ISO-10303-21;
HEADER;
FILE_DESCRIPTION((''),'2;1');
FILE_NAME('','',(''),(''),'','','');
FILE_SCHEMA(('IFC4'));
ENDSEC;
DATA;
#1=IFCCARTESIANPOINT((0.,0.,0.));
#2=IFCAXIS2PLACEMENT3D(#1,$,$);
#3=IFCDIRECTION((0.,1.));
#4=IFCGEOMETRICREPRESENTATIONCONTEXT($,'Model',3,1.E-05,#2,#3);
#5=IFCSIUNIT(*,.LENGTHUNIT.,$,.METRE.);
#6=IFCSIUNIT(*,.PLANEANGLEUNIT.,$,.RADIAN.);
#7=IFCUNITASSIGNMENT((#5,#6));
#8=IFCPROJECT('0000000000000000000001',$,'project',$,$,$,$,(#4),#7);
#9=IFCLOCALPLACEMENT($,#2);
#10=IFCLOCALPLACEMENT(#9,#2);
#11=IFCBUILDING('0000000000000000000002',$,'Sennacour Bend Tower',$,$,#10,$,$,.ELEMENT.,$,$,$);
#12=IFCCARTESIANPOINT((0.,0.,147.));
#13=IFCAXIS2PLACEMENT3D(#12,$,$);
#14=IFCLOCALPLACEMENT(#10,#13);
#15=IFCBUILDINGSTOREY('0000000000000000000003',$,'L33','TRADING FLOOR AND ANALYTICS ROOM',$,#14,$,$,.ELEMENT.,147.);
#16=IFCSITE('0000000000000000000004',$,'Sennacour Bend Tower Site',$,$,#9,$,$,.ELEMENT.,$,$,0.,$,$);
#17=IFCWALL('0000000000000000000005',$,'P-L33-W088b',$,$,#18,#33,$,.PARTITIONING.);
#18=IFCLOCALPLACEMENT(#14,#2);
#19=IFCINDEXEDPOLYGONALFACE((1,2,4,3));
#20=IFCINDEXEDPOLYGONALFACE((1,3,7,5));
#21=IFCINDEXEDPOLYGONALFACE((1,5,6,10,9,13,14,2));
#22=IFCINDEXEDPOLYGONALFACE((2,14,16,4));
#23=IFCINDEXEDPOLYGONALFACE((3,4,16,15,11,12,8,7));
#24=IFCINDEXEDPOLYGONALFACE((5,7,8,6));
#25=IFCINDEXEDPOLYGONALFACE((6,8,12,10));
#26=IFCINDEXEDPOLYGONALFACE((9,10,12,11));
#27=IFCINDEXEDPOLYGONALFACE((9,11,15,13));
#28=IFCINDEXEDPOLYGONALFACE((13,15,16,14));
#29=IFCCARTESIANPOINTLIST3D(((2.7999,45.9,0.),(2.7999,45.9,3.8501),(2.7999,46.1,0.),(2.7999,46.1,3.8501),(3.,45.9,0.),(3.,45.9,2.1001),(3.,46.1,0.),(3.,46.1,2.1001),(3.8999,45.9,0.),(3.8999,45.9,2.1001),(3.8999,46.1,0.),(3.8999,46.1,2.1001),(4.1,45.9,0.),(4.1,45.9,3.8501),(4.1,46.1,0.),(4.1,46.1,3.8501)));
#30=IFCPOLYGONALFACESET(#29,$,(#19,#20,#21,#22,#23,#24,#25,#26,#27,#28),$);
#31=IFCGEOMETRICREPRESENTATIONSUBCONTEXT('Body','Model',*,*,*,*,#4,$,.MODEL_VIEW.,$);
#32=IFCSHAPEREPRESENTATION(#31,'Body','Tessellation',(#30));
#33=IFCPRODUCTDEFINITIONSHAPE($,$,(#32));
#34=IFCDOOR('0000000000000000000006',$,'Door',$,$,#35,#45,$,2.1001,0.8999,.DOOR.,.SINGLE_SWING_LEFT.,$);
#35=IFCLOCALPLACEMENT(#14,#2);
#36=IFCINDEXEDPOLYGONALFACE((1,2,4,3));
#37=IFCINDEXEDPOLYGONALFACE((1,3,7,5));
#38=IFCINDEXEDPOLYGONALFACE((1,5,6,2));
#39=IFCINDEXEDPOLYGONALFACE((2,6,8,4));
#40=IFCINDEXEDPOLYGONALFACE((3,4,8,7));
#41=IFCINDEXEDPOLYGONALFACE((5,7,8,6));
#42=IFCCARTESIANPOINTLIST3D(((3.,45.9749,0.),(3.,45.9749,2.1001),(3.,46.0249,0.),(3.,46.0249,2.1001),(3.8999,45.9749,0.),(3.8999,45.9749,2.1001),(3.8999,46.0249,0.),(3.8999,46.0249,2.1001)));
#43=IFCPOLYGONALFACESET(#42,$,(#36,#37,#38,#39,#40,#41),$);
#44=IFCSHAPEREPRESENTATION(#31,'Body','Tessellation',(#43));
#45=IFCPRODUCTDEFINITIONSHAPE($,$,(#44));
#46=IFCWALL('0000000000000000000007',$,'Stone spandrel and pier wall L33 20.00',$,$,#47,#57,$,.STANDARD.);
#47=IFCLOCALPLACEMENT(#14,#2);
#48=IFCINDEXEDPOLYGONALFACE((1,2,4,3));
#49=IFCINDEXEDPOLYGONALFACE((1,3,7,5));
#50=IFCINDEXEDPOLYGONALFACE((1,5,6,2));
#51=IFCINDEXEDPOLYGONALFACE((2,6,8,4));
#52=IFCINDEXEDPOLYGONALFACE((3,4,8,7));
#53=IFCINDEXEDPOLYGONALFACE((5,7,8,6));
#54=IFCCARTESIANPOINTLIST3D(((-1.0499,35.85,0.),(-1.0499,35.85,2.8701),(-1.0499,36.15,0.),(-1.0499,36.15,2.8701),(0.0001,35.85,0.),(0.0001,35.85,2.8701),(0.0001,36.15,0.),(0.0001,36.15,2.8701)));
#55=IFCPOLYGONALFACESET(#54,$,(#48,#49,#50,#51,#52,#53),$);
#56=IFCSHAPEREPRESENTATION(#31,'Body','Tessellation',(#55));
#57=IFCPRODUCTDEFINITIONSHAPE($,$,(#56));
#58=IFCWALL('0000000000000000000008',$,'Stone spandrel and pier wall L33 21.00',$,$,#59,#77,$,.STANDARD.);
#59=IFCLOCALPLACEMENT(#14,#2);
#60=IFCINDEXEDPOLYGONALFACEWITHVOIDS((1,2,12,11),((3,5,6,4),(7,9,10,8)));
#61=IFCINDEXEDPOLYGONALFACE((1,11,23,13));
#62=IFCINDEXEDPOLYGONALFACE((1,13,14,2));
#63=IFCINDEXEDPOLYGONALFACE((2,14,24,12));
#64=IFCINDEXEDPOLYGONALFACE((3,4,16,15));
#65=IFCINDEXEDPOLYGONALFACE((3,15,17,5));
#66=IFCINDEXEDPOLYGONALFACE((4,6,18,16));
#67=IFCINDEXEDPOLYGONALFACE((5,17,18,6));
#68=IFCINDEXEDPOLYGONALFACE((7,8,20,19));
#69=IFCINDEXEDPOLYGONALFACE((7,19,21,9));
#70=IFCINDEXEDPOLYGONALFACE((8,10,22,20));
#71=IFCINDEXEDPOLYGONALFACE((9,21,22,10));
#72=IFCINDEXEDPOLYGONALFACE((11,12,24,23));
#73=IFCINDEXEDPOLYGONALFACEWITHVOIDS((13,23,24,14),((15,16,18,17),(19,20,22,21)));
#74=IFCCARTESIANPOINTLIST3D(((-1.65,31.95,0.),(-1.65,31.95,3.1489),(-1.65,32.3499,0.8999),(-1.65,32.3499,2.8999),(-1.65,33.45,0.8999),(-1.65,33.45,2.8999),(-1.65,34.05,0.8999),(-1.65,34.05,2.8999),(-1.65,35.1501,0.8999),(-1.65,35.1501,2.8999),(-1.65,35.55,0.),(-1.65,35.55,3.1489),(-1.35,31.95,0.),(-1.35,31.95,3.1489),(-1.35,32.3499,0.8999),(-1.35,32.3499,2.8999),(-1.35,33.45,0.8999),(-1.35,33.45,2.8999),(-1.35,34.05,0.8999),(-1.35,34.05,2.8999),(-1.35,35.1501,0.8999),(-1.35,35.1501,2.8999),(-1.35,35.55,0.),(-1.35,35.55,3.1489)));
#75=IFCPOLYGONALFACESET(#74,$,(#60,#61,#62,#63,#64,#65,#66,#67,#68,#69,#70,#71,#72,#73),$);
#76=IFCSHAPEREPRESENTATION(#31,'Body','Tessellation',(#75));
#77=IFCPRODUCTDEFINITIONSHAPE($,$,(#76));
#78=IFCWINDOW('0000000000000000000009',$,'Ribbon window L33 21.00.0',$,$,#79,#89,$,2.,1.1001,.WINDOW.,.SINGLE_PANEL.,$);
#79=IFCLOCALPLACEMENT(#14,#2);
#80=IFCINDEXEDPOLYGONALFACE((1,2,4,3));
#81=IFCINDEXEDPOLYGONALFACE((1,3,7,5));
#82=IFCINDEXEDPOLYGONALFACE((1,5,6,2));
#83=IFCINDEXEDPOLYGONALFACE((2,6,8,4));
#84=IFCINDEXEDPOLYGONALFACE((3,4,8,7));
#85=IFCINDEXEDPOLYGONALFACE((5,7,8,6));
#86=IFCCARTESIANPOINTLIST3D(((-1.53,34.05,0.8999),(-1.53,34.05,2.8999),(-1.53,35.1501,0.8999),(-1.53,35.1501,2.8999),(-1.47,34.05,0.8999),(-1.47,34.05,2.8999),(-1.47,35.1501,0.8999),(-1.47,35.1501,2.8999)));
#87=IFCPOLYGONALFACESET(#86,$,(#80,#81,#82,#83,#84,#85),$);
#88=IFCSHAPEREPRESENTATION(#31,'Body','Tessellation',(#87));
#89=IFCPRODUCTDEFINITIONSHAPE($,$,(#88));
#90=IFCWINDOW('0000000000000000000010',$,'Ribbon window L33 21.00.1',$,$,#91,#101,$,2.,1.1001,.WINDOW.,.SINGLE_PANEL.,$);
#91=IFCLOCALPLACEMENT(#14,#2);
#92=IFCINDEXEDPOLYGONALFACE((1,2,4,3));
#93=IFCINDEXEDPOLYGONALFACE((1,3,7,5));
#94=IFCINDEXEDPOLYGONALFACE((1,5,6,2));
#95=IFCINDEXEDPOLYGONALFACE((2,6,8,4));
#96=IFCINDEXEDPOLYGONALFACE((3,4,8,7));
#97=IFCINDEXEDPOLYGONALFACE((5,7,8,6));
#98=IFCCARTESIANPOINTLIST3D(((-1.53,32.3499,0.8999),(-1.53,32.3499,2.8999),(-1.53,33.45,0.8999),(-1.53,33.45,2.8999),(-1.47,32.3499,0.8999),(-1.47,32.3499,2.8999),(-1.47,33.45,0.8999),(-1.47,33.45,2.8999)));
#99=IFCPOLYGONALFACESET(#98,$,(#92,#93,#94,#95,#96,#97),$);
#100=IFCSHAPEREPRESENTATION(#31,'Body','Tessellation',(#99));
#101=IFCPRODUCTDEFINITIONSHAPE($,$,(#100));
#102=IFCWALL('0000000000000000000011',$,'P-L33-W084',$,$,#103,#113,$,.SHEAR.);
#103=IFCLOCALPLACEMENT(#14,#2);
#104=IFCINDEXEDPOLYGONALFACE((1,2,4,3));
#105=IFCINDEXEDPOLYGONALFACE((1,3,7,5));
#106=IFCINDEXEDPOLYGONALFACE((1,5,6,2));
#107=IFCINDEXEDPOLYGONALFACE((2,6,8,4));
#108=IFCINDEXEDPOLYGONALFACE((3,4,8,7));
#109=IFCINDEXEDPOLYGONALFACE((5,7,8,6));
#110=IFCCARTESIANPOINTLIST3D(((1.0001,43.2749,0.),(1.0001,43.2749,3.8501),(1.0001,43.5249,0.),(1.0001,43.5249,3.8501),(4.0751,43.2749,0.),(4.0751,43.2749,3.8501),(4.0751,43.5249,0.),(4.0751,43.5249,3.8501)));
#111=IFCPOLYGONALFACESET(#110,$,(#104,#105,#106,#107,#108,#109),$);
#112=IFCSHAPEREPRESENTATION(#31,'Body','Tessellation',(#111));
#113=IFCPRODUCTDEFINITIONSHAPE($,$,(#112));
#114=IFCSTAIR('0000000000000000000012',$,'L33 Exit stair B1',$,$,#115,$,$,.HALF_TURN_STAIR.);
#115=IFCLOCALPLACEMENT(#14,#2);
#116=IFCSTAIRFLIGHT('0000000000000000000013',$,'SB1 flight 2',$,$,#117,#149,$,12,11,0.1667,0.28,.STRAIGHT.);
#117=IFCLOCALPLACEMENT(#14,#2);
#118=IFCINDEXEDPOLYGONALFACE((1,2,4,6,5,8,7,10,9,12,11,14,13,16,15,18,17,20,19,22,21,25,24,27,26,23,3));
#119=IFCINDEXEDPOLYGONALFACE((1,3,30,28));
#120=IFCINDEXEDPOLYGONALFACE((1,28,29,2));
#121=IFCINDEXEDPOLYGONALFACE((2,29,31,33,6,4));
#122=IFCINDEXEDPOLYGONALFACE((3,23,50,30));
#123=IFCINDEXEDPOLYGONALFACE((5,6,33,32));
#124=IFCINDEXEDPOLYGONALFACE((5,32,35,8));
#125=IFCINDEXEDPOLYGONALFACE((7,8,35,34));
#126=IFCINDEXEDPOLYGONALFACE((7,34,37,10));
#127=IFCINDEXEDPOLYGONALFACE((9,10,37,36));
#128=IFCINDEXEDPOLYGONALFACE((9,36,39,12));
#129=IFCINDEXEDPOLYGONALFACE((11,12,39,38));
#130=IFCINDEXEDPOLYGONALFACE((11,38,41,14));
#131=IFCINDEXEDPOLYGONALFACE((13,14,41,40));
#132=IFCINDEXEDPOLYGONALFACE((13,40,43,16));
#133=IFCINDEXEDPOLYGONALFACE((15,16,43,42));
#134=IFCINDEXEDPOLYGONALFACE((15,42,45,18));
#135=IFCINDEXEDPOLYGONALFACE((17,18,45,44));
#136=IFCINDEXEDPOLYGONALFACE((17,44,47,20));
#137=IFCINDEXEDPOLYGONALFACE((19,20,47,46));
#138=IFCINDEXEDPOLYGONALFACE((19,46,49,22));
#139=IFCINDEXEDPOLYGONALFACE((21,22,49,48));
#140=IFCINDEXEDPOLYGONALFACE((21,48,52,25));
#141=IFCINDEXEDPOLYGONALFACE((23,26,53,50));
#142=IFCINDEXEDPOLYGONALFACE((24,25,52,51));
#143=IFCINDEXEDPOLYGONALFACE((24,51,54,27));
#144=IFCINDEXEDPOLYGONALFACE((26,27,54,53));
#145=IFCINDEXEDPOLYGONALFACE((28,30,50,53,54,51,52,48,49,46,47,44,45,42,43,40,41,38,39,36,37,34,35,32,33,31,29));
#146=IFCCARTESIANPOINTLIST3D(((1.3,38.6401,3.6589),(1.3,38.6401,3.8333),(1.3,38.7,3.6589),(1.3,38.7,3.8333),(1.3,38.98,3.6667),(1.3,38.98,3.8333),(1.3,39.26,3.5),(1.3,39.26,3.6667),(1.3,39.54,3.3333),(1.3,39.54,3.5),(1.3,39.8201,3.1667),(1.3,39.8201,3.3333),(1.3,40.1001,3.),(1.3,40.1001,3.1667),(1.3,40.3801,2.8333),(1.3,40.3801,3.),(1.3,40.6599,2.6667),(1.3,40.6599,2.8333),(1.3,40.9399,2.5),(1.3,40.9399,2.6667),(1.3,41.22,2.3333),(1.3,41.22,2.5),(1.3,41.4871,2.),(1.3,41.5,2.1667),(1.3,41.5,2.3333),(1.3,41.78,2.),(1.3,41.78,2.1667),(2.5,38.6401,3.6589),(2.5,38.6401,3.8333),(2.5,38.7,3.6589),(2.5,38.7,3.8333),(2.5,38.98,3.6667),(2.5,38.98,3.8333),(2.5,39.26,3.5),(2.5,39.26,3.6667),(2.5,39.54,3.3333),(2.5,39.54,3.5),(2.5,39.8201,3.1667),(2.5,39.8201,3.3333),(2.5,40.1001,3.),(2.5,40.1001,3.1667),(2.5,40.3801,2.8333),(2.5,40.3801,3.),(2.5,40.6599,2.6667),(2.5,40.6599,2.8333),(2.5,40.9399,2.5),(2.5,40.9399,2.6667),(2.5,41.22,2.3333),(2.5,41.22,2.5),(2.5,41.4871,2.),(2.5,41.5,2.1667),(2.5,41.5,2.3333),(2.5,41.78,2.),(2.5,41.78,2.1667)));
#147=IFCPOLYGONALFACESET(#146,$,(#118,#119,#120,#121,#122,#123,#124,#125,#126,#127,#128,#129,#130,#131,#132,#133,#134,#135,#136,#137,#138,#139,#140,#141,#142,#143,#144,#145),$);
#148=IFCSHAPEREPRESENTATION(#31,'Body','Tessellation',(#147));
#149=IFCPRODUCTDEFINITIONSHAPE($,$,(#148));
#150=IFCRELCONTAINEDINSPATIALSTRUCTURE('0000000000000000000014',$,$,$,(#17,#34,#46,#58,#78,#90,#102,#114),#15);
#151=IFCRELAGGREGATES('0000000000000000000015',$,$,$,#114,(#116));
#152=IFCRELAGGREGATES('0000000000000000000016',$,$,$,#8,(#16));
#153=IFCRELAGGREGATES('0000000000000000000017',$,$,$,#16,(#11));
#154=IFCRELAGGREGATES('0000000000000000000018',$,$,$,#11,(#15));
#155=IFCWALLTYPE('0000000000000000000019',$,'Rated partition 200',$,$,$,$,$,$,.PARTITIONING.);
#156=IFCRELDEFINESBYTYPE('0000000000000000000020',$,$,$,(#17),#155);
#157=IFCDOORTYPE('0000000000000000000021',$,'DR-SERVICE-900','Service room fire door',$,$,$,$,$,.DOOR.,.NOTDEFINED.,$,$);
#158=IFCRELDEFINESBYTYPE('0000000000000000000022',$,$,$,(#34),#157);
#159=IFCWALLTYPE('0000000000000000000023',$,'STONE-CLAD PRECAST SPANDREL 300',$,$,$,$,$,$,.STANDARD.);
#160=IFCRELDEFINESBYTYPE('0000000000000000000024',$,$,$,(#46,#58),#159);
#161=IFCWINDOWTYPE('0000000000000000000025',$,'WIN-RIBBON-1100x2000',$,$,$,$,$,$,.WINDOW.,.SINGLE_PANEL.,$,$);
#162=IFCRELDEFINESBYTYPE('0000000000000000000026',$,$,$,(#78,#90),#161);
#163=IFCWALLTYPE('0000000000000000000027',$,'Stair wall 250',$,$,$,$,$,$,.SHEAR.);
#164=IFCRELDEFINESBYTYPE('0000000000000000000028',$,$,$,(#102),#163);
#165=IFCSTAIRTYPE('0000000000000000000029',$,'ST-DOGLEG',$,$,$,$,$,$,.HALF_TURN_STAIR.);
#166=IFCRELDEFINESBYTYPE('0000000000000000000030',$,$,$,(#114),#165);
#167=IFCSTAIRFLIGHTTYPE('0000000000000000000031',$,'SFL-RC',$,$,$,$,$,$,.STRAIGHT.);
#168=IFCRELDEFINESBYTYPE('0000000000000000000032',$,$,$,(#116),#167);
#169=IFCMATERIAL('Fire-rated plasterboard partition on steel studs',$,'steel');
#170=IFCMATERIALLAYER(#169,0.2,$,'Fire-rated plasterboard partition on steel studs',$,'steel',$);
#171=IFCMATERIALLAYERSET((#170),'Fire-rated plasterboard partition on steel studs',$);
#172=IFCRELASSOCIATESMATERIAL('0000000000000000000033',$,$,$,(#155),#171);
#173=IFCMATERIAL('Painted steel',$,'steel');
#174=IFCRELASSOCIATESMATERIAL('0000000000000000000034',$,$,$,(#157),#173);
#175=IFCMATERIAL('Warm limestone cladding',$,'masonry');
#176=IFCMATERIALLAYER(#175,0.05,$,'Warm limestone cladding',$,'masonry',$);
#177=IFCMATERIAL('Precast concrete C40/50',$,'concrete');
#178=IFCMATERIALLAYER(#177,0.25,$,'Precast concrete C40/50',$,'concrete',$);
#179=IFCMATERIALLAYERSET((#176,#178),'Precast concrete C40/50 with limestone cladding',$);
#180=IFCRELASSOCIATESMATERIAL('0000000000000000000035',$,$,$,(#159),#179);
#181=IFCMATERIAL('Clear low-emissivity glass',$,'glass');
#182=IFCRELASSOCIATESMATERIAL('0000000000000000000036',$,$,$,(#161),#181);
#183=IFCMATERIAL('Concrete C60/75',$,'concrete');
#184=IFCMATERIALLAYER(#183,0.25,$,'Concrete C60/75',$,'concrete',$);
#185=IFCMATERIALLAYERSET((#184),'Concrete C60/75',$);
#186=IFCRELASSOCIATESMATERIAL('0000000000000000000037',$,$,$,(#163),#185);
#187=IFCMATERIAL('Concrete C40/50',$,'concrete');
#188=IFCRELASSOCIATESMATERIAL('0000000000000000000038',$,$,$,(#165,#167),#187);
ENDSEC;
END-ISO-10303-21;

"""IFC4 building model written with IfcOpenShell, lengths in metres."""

from ifc_helpers import new_model, si_unit, direction, frame, frame_2d, origin, place, context, subcontext, project, spatial, polyline, rectangle, outline, extrude, material, layer, layer_set, type_object, element, fill, aggregate, save


model = new_model("IFC4")

# Units and contexts
model_context = context("Model", 3, precision=1e-05, world=origin(), true_north=direction((0.0, 1.0)))
body_context = subcontext(model_context, "Body", "Model", "MODEL_VIEW")
ifc_project = project(units=[si_unit("LENGTHUNIT", "METRE"), si_unit("PLANEANGLEUNIT", "RADIAN")], contexts=[model_context])

# Site, building, storey
site_placement = place(None, origin())
site = spatial("IfcSite", under=ifc_project, at=site_placement, Name="Sennacour Bend Tower Site", CompositionType="ELEMENT", RefElevation=0.0)
building_placement = place(site_placement, origin())
building = spatial("IfcBuilding", under=site, at=building_placement, Name="Sennacour Bend Tower", CompositionType="ELEMENT")
storey_placement = place(building_placement, frame((0.0, 0.0, 147.0)))
storey = spatial("IfcBuildingStorey", under=building, at=storey_placement, Name="L33", Description="TRADING FLOOR AND ANALYTICS ROOM", CompositionType="ELEMENT", Elevation=147.0)

# Shared definitions
ifc_material_1 = material(Name="Concrete C60/75", Category="concrete")
ifc_material_2 = material(Name="Painted steel", Category="steel")

# Shared definitions
ifc_material_3 = material(Name="Fire-rated plasterboard partition on steel studs", Category="steel")
ifc_layer_1 = layer(ifc_material_3, 0.2, Name="Fire-rated plasterboard partition on steel studs", Category="steel")
ifc_layer_set_1 = layer_set([ifc_layer_1], Name="Fire-rated plasterboard partition on steel studs")
wall_type_1 = type_object("IfcWallType", Name="Rated partition 200", PredefinedType="PARTITIONING", material=ifc_layer_set_1)

# Wall, opening, door
door_type_1 = type_object("IfcDoorType", Name="DR-SERVICE-900", Description="Service room fire door", OperationType="NOTDEFINED", PredefinedType="DOOR", material=ifc_material_2)
wall_1_placement = place(storey_placement, frame((2.8, 46.0, 0.0), z_axis=(0.0, 0.0, 1.0), x_axis=(1.0, 0.0, 0.0)))
wall_1 = element("IfcWall", 1, at=wall_1_placement, inside=storey, type_object=wall_type_1, Name="P-L33-W088b", PredefinedType="PARTITIONING", context=body_context, shape_type="SweptSolid", body=[
    extrude(rectangle(XDim=1.3, YDim=0.2, at=frame_2d((0.6499, 0.0))), origin(), (0.0, 0.0, 1.0), 3.8501),
])
opening_1_placement = place(wall_1_placement, frame((0.2, 0.0, 0.0)))
opening_1 = element("IfcOpeningElement", 2, at=opening_1_placement, cuts=wall_1, PredefinedType="OPENING", context=body_context, shape_type="SweptSolid", body=[
    extrude(rectangle(XDim=0.8999, YDim=2.1001, at=frame_2d((0.45, 1.05))), frame((0.0, 0.1099, 0.0), z_axis=(0.0, -1.0, 0.0), x_axis=(1.0, 0.0, 0.0)), (0.0, 0.0, 1.0), 0.22),
])
door_1_placement = place(opening_1_placement, origin())
door_1 = element("IfcDoor", 3, at=door_1_placement, inside=storey, type_object=door_type_1, Name="Door", OperationType="SINGLE_SWING_LEFT", OverallHeight=2.1001, OverallWidth=0.8999, PredefinedType="DOOR", context=body_context, shape_type="SweptSolid", body=[
    extrude(rectangle(XDim=0.8999, YDim=2.1001, at=frame_2d((0.45, 1.05))), frame((0.0, 0.0249, 0.0), z_axis=(0.0, -1.0, 0.0), x_axis=(1.0, 0.0, 0.0)), (0.0, 0.0, 1.0), 0.05),
])
fill(opening_1, door_1)

# Wall
ifc_material_4 = material(Name="Warm limestone cladding", Category="masonry")
ifc_layer_2 = layer(ifc_material_4, 0.05, Name="Warm limestone cladding", Category="masonry")
ifc_material_5 = material(Name="Precast concrete C40/50", Category="concrete")
ifc_layer_3 = layer(ifc_material_5, 0.25, Name="Precast concrete C40/50", Category="concrete")
ifc_layer_set_2 = layer_set([ifc_layer_2, ifc_layer_3], Name="Precast concrete C40/50 with limestone cladding")
wall_type_2 = type_object("IfcWallType", Name="STONE-CLAD PRECAST SPANDREL 300", PredefinedType="STANDARD", material=ifc_layer_set_2)
wall_2_placement = place(storey_placement, frame((0.0, 36.0, 0.0), z_axis=(0.0, 0.0, 1.0), x_axis=(-1.0, 0.0, 0.0)))
element("IfcWall", 4, at=wall_2_placement, inside=storey, type_object=wall_type_2, Name="Stone spandrel and pier wall L33 20.00", PredefinedType="STANDARD", context=body_context, shape_type="SweptSolid", body=[
    extrude(rectangle(XDim=1.05, YDim=0.3, at=frame_2d((0.5249, 0.0))), origin(), (0.0, 0.0, 1.0), 2.8701),
])

# Wall, openings, windows
wall_3_placement = place(storey_placement, frame((-1.5, 35.55, 0.0), z_axis=(0.0, 0.0, 1.0), x_axis=(0.0, -1.0, 0.0)))
wall_3 = element("IfcWall", 5, at=wall_3_placement, inside=storey, type_object=wall_type_2, Name="Stone spandrel and pier wall L33 21.00", PredefinedType="STANDARD", context=body_context, shape_type="SweptSolid", body=[
    extrude(rectangle(XDim=3.6001, YDim=0.3, at=frame_2d((1.8, 0.0))), origin(), (0.0, 0.0, 1.0), 3.1489),
])
opening_2_placement = place(wall_3_placement, frame((0.3999, 0.0, 0.8999)))
opening_2 = element("IfcOpeningElement", 6, at=opening_2_placement, cuts=wall_3, PredefinedType="OPENING", context=body_context, shape_type="SweptSolid", body=[
    extrude(rectangle(XDim=1.1001, YDim=2.0, at=frame_2d((0.55, 1.0))), frame((0.0, 0.1602, 0.0), z_axis=(0.0, -1.0, 0.0), x_axis=(1.0, 0.0, 0.0)), (0.0, 0.0, 1.0), 0.3201),
])
opening_3_placement = place(wall_3_placement, frame((2.1001, 0.0, 0.8999)))
opening_3 = element("IfcOpeningElement", 7, at=opening_3_placement, cuts=wall_3, PredefinedType="OPENING", context=body_context, shape_type="SweptSolid", body=[
    extrude(rectangle(XDim=1.1001, YDim=2.0, at=frame_2d((0.55, 1.0))), frame((0.0, 0.1602, 0.0), z_axis=(0.0, -1.0, 0.0), x_axis=(1.0, 0.0, 0.0)), (0.0, 0.0, 1.0), 0.3201),
])
ifc_material_6 = material(Name="Clear low-emissivity glass", Category="glass")
window_type = type_object("IfcWindowType", Name="WIN-RIBBON-1100x2000", PartitioningType="SINGLE_PANEL", PredefinedType="WINDOW", material=ifc_material_6)
window_1_placement = place(opening_2_placement, origin())
window_1 = element("IfcWindow", 8, at=window_1_placement, inside=storey, type_object=window_type, Name="Ribbon window L33 21.00.0", OverallHeight=2.0, OverallWidth=1.1001, PartitioningType="SINGLE_PANEL", PredefinedType="WINDOW", context=body_context, shape_type="SweptSolid", body=[
    extrude(rectangle(XDim=1.1001, YDim=2.0, at=frame_2d((0.55, 1.0))), frame((0.0, 0.03, 0.0), z_axis=(0.0, -1.0, 0.0), x_axis=(1.0, 0.0, 0.0)), (0.0, 0.0, 1.0), 0.0601),
])
fill(opening_2, window_1)
window_2_placement = place(opening_3_placement, origin())
window_2 = element("IfcWindow", 9, at=window_2_placement, inside=storey, type_object=window_type, Name="Ribbon window L33 21.00.1", OverallHeight=2.0, OverallWidth=1.1001, PartitioningType="SINGLE_PANEL", PredefinedType="WINDOW", context=body_context, shape_type="SweptSolid", body=[
    extrude(rectangle(XDim=1.1001, YDim=2.0, at=frame_2d((0.55, 1.0))), frame((0.0, 0.03, 0.0), z_axis=(0.0, -1.0, 0.0), x_axis=(1.0, 0.0, 0.0)), (0.0, 0.0, 1.0), 0.0601),
])
fill(opening_3, window_2)

# Wall
ifc_layer_4 = layer(ifc_material_1, 0.25, Name="Concrete C60/75", Category="concrete")
ifc_layer_set_3 = layer_set([ifc_layer_4], Name="Concrete C60/75")
wall_type_3 = type_object("IfcWallType", Name="Stair wall 250", PredefinedType="SHEAR", material=ifc_layer_set_3)
wall_4_placement = place(storey_placement, frame((1.0, 43.3999, 0.0), z_axis=(0.0, 0.0, 1.0), x_axis=(1.0, 0.0, 0.0)))
element("IfcWall", 10, at=wall_4_placement, inside=storey, type_object=wall_type_3, Name="P-L33-W084", PredefinedType="SHEAR", context=body_context, shape_type="SweptSolid", body=[
    extrude(rectangle(XDim=3.075, YDim=0.25, at=frame_2d((1.5376, 0.0))), origin(), (0.0, 0.0, 1.0), 3.8501),
])

# Stair, stair flight
ifc_material_7 = material(Name="Concrete C40/50", Category="concrete")
stair_type = type_object("IfcStairType", Name="ST-DOGLEG", PredefinedType="HALF_TURN_STAIR", material=ifc_material_7)
stair_placement = place(storey_placement, origin())
stair = element("IfcStair", 11, at=stair_placement, inside=storey, type_object=stair_type, Name="L33 Exit stair B1", PredefinedType="HALF_TURN_STAIR")
stair_flight_type = type_object("IfcStairFlightType", Name="SFL-RC", PredefinedType="STRAIGHT", material=ifc_material_7)
stair_flight_placement = place(storey_placement, frame((1.8999, 41.78, 2.0), z_axis=(0.0, 0.0, 1.0), x_axis=(0.0, -1.0, 0.0)))
stair_flight = element("IfcStairFlight", 12, at=stair_flight_placement, type_object=stair_flight_type, Name="SB1 flight 2", NumberOfRisers=12, NumberOfTreads=11, PredefinedType="STRAIGHT", RiserHeight=0.1667, TreadLength=0.28, context=body_context, shape_type="SweptSolid", body=[
    extrude(outline(polyline([(0.0, 0.0), (0.0, 0.1667), (0.28, 0.1667), (0.28, 0.3333), (0.5601, 0.3333), (0.5601, 0.5), (0.8401, 0.5), (0.8401, 0.6667), (1.1201, 0.6667), (1.1201, 0.8333), (1.3999, 0.8333), (1.3999, 1.0), (1.6799, 1.0), (1.6799, 1.1667), (1.96, 1.1667), (1.96, 1.3333), (2.24, 1.3333), (2.24, 1.5), (2.52, 1.5), (2.52, 1.6667), (2.8, 1.6667), (2.8, 1.8333), (3.0801, 1.8333), (3.1399, 1.8333), (3.1399, 1.6589), (3.0801, 1.6589), (0.293, 0.0), (0.0, 0.0)])), frame((0.0, 0.6001, 0.0), z_axis=(0.0, -1.0, 0.0), x_axis=(1.0, 0.0, 0.0)), (0.0, 0.0, 1.0), 1.2),
])
aggregate(stair, [stair_flight])

save(model, "model.ifc")
